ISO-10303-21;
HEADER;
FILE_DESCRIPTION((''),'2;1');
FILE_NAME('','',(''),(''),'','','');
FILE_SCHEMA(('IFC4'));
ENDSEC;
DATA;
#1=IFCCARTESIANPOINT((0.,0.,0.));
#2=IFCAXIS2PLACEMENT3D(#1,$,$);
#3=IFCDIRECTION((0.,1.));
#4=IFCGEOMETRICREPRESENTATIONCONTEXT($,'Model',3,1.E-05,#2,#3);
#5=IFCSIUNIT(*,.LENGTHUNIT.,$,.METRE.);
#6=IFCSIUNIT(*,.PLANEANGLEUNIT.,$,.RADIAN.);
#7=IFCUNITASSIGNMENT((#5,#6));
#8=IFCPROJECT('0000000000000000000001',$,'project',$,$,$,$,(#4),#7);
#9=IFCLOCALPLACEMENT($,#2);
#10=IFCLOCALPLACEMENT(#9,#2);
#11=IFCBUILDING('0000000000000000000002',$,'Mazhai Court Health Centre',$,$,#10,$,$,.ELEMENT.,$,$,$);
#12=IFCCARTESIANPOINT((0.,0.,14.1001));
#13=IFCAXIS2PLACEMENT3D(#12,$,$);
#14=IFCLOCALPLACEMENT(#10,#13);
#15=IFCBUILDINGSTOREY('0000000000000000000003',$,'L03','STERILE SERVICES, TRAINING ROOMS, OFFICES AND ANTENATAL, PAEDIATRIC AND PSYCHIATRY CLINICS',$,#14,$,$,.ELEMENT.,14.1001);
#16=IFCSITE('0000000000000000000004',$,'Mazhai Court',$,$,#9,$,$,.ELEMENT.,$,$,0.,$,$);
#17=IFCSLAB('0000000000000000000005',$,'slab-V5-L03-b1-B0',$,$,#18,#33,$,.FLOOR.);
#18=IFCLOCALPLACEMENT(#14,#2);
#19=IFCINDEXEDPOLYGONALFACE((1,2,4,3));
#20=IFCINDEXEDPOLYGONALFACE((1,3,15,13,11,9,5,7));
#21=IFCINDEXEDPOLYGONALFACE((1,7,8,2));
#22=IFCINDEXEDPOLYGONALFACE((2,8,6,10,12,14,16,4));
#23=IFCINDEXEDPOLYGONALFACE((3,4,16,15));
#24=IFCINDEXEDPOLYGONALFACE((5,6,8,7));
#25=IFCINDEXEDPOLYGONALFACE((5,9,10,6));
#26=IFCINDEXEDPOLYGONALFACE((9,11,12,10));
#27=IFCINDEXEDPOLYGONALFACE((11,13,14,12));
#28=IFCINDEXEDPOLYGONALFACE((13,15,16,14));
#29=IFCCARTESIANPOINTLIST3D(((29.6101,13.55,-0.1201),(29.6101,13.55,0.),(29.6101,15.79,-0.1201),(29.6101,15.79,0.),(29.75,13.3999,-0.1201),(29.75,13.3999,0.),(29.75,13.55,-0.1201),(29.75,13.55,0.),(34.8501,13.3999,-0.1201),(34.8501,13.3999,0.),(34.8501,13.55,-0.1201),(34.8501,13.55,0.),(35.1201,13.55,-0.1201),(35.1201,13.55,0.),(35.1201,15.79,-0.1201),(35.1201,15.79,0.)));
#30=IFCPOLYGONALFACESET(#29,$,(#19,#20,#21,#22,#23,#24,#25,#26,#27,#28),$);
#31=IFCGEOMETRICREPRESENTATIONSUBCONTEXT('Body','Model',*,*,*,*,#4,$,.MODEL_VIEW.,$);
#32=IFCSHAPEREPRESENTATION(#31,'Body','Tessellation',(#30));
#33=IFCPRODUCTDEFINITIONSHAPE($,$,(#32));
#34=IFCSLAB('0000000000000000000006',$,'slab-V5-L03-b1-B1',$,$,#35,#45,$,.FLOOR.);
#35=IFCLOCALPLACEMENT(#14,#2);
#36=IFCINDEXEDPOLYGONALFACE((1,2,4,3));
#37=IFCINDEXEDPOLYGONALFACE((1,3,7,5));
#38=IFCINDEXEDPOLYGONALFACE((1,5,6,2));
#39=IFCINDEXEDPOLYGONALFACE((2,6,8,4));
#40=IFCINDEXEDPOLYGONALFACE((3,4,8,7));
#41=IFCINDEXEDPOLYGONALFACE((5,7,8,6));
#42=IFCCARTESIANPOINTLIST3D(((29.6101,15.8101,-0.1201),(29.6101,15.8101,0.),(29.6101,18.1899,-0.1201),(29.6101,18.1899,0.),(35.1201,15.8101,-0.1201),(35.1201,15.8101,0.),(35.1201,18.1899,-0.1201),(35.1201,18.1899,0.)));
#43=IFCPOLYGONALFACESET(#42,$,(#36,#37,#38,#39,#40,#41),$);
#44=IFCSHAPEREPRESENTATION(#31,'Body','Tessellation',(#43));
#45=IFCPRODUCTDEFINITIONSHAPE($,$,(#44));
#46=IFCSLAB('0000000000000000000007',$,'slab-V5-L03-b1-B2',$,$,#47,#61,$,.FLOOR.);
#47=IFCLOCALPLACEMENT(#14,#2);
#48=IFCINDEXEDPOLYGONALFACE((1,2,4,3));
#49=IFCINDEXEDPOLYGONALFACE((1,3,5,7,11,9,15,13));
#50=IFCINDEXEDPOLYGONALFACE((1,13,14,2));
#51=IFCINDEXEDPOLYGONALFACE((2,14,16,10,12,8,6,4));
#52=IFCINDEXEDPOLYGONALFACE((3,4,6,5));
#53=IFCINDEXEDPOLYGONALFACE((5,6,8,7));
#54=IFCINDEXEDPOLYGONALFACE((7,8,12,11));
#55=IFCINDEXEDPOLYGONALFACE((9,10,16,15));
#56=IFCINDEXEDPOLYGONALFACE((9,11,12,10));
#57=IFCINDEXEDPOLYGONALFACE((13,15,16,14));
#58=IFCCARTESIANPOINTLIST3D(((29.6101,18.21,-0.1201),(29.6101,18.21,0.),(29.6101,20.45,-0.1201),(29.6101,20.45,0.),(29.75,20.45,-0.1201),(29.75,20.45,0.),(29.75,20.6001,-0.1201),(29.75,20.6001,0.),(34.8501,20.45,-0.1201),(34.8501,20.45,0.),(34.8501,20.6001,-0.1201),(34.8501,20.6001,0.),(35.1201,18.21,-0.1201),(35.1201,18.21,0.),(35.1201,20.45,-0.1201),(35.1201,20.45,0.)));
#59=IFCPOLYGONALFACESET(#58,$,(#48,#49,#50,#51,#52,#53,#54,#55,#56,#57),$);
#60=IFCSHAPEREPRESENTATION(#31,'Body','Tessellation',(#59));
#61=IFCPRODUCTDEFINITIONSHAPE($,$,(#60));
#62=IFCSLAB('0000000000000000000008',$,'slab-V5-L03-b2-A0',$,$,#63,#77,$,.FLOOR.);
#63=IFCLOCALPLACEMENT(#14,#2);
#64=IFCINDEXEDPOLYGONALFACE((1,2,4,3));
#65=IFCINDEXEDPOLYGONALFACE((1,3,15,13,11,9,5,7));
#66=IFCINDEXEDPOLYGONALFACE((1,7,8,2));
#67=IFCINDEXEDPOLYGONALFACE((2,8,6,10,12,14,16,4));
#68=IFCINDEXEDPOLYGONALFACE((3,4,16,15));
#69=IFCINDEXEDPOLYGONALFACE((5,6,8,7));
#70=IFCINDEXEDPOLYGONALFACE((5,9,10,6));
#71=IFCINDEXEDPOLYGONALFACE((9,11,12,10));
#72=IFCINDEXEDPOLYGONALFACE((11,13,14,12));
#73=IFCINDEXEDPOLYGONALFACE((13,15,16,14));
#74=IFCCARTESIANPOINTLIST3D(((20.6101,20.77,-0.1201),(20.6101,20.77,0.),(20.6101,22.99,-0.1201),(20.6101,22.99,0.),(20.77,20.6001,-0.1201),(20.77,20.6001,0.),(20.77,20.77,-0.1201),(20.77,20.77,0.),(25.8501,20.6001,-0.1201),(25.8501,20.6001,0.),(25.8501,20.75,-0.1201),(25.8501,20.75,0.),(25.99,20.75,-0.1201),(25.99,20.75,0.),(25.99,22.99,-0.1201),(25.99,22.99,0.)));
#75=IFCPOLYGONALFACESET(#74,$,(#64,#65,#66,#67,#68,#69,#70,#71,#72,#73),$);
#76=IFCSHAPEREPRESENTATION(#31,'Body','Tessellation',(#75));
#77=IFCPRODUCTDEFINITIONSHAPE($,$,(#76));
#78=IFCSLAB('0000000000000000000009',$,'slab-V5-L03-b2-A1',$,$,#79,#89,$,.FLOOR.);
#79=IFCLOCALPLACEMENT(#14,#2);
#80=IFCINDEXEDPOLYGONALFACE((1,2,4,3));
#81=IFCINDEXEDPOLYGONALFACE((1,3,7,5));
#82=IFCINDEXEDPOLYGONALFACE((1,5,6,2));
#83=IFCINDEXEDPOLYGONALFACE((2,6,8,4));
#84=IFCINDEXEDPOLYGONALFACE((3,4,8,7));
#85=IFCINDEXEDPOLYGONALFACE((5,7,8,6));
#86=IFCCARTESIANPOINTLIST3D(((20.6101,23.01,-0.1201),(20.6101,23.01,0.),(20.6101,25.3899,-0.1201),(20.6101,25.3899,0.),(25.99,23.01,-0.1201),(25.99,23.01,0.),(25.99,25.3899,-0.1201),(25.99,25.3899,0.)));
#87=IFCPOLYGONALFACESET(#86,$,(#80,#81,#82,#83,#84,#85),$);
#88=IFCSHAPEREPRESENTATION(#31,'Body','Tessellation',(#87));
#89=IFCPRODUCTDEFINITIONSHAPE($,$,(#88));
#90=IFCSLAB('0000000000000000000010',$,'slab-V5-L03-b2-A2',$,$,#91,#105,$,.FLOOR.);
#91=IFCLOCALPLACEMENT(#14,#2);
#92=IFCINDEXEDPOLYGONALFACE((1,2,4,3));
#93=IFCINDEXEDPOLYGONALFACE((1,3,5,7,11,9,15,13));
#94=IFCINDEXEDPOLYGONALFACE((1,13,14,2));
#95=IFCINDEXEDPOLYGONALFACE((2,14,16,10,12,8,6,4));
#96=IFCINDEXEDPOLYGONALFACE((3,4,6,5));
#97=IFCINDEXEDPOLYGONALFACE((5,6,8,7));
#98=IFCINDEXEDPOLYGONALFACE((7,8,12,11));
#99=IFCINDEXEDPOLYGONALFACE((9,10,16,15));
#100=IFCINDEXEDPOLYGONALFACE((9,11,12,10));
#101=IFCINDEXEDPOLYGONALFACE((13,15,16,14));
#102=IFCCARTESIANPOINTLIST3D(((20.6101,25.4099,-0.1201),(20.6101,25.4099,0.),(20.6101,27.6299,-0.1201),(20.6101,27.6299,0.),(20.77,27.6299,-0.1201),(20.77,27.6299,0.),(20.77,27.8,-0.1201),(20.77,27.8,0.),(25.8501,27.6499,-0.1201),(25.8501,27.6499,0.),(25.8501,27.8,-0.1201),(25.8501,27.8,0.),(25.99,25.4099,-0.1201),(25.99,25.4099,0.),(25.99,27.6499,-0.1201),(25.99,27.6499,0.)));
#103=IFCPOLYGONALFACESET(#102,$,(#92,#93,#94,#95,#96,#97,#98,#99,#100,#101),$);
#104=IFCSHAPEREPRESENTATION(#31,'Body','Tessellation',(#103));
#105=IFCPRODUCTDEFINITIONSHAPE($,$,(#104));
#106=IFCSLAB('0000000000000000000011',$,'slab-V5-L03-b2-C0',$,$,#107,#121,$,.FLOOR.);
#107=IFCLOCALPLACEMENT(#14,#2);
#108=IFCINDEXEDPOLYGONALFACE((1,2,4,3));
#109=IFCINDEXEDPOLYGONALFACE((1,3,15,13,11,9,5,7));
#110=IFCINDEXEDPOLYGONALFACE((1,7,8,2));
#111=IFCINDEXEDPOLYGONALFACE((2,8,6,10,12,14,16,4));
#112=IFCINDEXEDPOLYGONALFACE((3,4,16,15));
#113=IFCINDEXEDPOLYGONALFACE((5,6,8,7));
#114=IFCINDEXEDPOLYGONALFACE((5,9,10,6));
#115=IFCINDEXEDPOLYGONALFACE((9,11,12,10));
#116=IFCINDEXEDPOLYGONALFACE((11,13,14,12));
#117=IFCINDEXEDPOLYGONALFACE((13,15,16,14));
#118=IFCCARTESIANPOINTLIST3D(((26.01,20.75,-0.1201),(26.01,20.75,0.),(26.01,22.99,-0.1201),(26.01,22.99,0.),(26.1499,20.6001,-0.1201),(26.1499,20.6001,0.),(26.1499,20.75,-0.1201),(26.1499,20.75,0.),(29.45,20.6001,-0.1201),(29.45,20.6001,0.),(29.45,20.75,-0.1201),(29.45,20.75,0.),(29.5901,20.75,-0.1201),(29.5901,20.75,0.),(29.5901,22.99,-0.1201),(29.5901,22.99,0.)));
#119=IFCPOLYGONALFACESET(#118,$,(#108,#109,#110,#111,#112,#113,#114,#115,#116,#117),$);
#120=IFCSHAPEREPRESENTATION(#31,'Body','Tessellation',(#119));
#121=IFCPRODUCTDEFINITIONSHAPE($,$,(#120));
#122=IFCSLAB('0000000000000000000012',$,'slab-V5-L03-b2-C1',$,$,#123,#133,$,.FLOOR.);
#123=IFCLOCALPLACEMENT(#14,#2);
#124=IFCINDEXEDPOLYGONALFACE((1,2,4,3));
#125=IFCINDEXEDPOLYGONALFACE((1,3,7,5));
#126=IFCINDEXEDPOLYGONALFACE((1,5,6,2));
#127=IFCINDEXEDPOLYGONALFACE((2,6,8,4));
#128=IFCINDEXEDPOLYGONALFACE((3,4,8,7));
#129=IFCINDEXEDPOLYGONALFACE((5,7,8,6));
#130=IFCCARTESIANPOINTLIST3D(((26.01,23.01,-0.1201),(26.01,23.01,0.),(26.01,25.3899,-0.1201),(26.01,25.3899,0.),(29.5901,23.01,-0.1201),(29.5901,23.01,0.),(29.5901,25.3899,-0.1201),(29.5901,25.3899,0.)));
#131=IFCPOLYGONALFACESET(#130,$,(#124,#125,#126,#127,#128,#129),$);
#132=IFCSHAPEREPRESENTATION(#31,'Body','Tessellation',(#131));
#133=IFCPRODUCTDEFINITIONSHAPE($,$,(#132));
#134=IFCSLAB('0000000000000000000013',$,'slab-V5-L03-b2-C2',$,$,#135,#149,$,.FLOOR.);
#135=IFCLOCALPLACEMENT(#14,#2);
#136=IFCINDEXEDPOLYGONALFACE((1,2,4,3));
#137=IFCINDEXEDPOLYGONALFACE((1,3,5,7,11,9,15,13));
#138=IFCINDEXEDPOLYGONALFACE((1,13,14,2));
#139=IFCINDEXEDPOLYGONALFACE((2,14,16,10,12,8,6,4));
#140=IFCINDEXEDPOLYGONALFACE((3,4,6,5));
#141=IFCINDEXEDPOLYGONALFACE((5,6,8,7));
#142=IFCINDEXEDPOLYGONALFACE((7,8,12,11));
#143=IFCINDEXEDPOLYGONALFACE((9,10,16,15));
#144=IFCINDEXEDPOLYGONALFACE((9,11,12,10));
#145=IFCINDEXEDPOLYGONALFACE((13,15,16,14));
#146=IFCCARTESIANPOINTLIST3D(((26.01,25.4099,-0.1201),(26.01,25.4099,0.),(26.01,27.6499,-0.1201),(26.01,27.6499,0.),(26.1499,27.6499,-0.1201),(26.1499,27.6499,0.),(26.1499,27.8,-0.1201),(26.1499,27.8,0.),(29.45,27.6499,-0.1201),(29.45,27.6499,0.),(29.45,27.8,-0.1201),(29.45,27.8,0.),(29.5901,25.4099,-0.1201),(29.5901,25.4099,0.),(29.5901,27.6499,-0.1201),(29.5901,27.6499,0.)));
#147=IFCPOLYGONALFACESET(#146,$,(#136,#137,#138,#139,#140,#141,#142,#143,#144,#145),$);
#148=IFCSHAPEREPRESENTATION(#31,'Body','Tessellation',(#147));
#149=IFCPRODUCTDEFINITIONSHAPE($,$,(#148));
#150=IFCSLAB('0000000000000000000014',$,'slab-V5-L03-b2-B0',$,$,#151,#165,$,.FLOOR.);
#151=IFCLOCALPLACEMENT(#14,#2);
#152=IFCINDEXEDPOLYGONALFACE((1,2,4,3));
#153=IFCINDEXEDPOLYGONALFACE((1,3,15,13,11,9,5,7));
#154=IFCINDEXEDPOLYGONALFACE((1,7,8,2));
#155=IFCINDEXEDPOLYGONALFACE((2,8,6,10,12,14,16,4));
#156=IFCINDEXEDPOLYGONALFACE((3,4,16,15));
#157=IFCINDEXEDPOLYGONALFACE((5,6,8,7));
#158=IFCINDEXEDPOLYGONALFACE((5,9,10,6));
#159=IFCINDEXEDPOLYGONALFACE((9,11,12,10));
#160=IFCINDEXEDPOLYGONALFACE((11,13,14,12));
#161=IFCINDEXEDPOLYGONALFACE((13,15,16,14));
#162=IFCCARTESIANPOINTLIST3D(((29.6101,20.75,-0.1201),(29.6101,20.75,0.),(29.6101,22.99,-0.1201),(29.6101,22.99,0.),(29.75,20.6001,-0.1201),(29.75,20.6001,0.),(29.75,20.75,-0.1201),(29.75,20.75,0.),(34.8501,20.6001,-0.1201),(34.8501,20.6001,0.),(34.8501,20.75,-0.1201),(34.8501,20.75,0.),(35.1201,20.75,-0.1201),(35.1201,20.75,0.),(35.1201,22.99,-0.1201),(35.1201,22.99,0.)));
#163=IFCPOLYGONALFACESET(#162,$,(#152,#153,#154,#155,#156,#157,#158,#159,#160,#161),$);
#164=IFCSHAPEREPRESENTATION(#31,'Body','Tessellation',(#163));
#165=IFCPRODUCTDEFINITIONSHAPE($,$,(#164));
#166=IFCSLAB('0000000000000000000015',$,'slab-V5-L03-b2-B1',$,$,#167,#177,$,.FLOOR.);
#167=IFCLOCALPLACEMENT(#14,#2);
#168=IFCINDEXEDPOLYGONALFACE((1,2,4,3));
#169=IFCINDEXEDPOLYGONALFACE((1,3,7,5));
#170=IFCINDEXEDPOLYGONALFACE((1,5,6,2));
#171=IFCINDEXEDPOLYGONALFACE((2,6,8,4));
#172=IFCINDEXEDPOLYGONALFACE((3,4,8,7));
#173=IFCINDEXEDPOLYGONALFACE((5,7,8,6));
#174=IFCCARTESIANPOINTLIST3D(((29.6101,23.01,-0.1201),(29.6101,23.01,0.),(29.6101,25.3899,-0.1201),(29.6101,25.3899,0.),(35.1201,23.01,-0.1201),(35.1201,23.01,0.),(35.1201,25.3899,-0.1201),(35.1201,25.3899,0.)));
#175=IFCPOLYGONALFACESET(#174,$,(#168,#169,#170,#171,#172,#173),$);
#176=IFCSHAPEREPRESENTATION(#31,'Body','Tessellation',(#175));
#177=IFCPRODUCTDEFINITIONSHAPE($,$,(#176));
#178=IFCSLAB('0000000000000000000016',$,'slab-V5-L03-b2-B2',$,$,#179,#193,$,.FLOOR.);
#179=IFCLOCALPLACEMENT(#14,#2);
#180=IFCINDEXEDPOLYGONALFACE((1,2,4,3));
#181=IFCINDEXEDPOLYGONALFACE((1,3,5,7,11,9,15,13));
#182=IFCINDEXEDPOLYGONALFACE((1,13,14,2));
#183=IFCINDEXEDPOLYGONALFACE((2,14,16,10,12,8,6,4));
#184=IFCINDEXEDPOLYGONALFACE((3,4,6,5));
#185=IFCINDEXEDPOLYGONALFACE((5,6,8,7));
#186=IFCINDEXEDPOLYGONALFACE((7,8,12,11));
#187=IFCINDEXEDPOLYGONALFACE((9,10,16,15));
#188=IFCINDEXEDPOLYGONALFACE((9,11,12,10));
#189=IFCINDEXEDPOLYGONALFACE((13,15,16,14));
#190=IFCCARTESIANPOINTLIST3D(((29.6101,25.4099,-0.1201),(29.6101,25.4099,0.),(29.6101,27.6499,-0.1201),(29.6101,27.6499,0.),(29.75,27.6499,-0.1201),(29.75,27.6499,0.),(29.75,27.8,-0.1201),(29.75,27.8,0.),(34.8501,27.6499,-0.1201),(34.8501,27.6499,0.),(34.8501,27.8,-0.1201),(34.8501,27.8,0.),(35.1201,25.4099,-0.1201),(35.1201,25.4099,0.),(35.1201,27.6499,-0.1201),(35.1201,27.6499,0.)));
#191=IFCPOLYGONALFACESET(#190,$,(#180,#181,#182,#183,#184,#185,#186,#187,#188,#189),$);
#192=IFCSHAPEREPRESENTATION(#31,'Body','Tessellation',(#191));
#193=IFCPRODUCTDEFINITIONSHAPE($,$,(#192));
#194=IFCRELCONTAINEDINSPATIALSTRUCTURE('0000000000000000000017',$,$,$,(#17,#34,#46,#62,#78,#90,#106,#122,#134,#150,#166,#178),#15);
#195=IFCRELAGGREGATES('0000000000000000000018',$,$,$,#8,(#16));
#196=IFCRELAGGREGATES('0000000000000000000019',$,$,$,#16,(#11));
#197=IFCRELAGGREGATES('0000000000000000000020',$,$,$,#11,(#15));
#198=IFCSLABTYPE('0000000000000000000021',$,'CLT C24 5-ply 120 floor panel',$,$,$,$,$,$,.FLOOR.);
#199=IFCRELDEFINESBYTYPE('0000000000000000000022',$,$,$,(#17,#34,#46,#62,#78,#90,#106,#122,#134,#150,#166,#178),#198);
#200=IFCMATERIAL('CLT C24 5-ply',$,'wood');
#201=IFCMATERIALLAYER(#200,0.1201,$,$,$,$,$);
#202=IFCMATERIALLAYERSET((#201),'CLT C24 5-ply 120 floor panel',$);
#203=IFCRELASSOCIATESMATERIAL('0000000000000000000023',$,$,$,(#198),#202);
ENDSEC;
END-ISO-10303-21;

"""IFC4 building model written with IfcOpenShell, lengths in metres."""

from ifc_helpers import new_model, si_unit, direction, frame, origin, place, context, subcontext, project, spatial, polyline, outline, extrude, material, layer, layer_set, type_object, element, save


model = new_model("IFC4")

# Units and contexts
model_context = context("Model", 3, precision=1e-05, world=origin(), true_north=direction((0.0, 1.0)))
body_context = subcontext(model_context, "Body", "Model", "MODEL_VIEW")
ifc_project = project(units=[si_unit("LENGTHUNIT", "METRE"), si_unit("PLANEANGLEUNIT", "RADIAN")], contexts=[model_context])

# Site, building, storey
site_placement = place(None, origin())
site = spatial("IfcSite", under=ifc_project, at=site_placement, Name="Mazhai Court", CompositionType="ELEMENT", RefElevation=0.0)
building_placement = place(site_placement, origin())
building = spatial("IfcBuilding", under=site, at=building_placement, Name="Mazhai Court Health Centre", CompositionType="ELEMENT")
storey_placement = place(building_placement, frame((0.0, 0.0, 14.1001)))
storey = spatial("IfcBuildingStorey", under=building, at=storey_placement, Name="L03", Description="STERILE SERVICES, TRAINING ROOMS, OFFICES AND ANTENATAL, PAEDIATRIC AND PSYCHIATRY CLINICS", CompositionType="ELEMENT", Elevation=14.1001)

# Slabs
ifc_material_1 = material(Name="CLT C24 5-ply", Category="wood")
ifc_layer_1 = layer(ifc_material_1, 0.1201)
ifc_layer_set_1 = layer_set([ifc_layer_1], Name="CLT C24 5-ply 120 floor panel")
slab_type = type_object("IfcSlabType", Name="CLT C24 5-ply 120 floor panel", PredefinedType="FLOOR", material=ifc_layer_set_1)
slab_1_placement = place(storey_placement, frame((0.0, 0.0, -0.1201)))
element("IfcSlab", 1, at=slab_1_placement, inside=storey, type_object=slab_type, Name="slab-V5-L03-b1-B0", PredefinedType="FLOOR", context=body_context, shape_type="SweptSolid", body=[
    extrude(outline(polyline([(29.6101, 15.79), (29.6101, 13.55), (29.75, 13.55), (29.75, 13.3999), (34.8501, 13.3999), (34.8501, 13.55), (35.1201, 13.55), (35.1201, 15.79), (29.6101, 15.79)])), origin(), (0.0, 0.0, 1.0), 0.1201),
])
slab_2_placement = place(storey_placement, frame((0.0, 0.0, -0.1201)))
element("IfcSlab", 2, at=slab_2_placement, inside=storey, type_object=slab_type, Name="slab-V5-L03-b1-B1", PredefinedType="FLOOR", context=body_context, shape_type="SweptSolid", body=[
    extrude(outline(polyline([(29.6101, 15.8101), (35.1201, 15.8101), (35.1201, 18.1899), (29.6101, 18.1899), (29.6101, 15.8101)])), origin(), (0.0, 0.0, 1.0), 0.1201),
])
slab_3_placement = place(storey_placement, frame((0.0, 0.0, -0.1201)))
element("IfcSlab", 3, at=slab_3_placement, inside=storey, type_object=slab_type, Name="slab-V5-L03-b1-B2", PredefinedType="FLOOR", context=body_context, shape_type="SweptSolid", body=[
    extrude(outline(polyline([(35.1201, 18.21), (35.1201, 20.45), (34.8501, 20.45), (34.8501, 20.6001), (29.75, 20.6001), (29.75, 20.45), (29.6101, 20.45), (29.6101, 18.21), (35.1201, 18.21)])), origin(), (0.0, 0.0, 1.0), 0.1201),
])
slab_4_placement = place(storey_placement, frame((0.0, 0.0, -0.1201)))
element("IfcSlab", 4, at=slab_4_placement, inside=storey, type_object=slab_type, Name="slab-V5-L03-b2-A0", PredefinedType="FLOOR", context=body_context, shape_type="SweptSolid", body=[
    extrude(outline(polyline([(20.6101, 22.99), (20.6101, 20.77), (20.77, 20.77), (20.77, 20.6001), (25.8501, 20.6001), (25.8501, 20.75), (25.99, 20.75), (25.99, 22.99), (20.6101, 22.99)])), origin(), (0.0, 0.0, 1.0), 0.1201),
])
slab_5_placement = place(storey_placement, frame((0.0, 0.0, -0.1201)))
element("IfcSlab", 5, at=slab_5_placement, inside=storey, type_object=slab_type, Name="slab-V5-L03-b2-A1", PredefinedType="FLOOR", context=body_context, shape_type="SweptSolid", body=[
    extrude(outline(polyline([(20.6101, 23.01), (25.99, 23.01), (25.99, 25.3899), (20.6101, 25.3899), (20.6101, 23.01)])), origin(), (0.0, 0.0, 1.0), 0.1201),
])
slab_6_placement = place(storey_placement, frame((0.0, 0.0, -0.1201)))
element("IfcSlab", 6, at=slab_6_placement, inside=storey, type_object=slab_type, Name="slab-V5-L03-b2-A2", PredefinedType="FLOOR", context=body_context, shape_type="SweptSolid", body=[
    extrude(outline(polyline([(25.99, 25.4099), (25.99, 27.6499), (25.8501, 27.6499), (25.8501, 27.8), (20.77, 27.8), (20.77, 27.6299), (20.6101, 27.6299), (20.6101, 25.4099), (25.99, 25.4099)])), origin(), (0.0, 0.0, 1.0), 0.1201),
])
slab_7_placement = place(storey_placement, frame((0.0, 0.0, -0.1201)))
element("IfcSlab", 7, at=slab_7_placement, inside=storey, type_object=slab_type, Name="slab-V5-L03-b2-C0", PredefinedType="FLOOR", context=body_context, shape_type="SweptSolid", body=[
    extrude(outline(polyline([(26.01, 22.99), (26.01, 20.75), (26.1499, 20.75), (26.1499, 20.6001), (29.45, 20.6001), (29.45, 20.75), (29.5901, 20.75), (29.5901, 22.99), (26.01, 22.99)])), origin(), (0.0, 0.0, 1.0), 0.1201),
])
slab_8_placement = place(storey_placement, frame((0.0, 0.0, -0.1201)))
element("IfcSlab", 8, at=slab_8_placement, inside=storey, type_object=slab_type, Name="slab-V5-L03-b2-C1", PredefinedType="FLOOR", context=body_context, shape_type="SweptSolid", body=[
    extrude(outline(polyline([(26.01, 23.01), (29.5901, 23.01), (29.5901, 25.3899), (26.01, 25.3899), (26.01, 23.01)])), origin(), (0.0, 0.0, 1.0), 0.1201),
])
slab_9_placement = place(storey_placement, frame((0.0, 0.0, -0.1201)))
element("IfcSlab", 9, at=slab_9_placement, inside=storey, type_object=slab_type, Name="slab-V5-L03-b2-C2", PredefinedType="FLOOR", context=body_context, shape_type="SweptSolid", body=[
    extrude(outline(polyline([(29.5901, 25.4099), (29.5901, 27.6499), (29.45, 27.6499), (29.45, 27.8), (26.1499, 27.8), (26.1499, 27.6499), (26.01, 27.6499), (26.01, 25.4099), (29.5901, 25.4099)])), origin(), (0.0, 0.0, 1.0), 0.1201),
])
slab_10_placement = place(storey_placement, frame((0.0, 0.0, -0.1201)))
element("IfcSlab", 10, at=slab_10_placement, inside=storey, type_object=slab_type, Name="slab-V5-L03-b2-B0", PredefinedType="FLOOR", context=body_context, shape_type="SweptSolid", body=[
    extrude(outline(polyline([(29.6101, 22.99), (29.6101, 20.75), (29.75, 20.75), (29.75, 20.6001), (34.8501, 20.6001), (34.8501, 20.75), (35.1201, 20.75), (35.1201, 22.99), (29.6101, 22.99)])), origin(), (0.0, 0.0, 1.0), 0.1201),
])
slab_11_placement = place(storey_placement, frame((0.0, 0.0, -0.1201)))
element("IfcSlab", 11, at=slab_11_placement, inside=storey, type_object=slab_type, Name="slab-V5-L03-b2-B1", PredefinedType="FLOOR", context=body_context, shape_type="SweptSolid", body=[
    extrude(outline(polyline([(29.6101, 23.01), (35.1201, 23.01), (35.1201, 25.3899), (29.6101, 25.3899), (29.6101, 23.01)])), origin(), (0.0, 0.0, 1.0), 0.1201),
])
slab_12_placement = place(storey_placement, frame((0.0, 0.0, -0.1201)))
element("IfcSlab", 12, at=slab_12_placement, inside=storey, type_object=slab_type, Name="slab-V5-L03-b2-B2", PredefinedType="FLOOR", context=body_context, shape_type="SweptSolid", body=[
    extrude(outline(polyline([(35.1201, 25.4099), (35.1201, 27.6499), (34.8501, 27.6499), (34.8501, 27.8), (29.75, 27.8), (29.75, 27.6499), (29.6101, 27.6499), (29.6101, 25.4099), (35.1201, 25.4099)])), origin(), (0.0, 0.0, 1.0), 0.1201),
])

save(model, "model.ifc")
